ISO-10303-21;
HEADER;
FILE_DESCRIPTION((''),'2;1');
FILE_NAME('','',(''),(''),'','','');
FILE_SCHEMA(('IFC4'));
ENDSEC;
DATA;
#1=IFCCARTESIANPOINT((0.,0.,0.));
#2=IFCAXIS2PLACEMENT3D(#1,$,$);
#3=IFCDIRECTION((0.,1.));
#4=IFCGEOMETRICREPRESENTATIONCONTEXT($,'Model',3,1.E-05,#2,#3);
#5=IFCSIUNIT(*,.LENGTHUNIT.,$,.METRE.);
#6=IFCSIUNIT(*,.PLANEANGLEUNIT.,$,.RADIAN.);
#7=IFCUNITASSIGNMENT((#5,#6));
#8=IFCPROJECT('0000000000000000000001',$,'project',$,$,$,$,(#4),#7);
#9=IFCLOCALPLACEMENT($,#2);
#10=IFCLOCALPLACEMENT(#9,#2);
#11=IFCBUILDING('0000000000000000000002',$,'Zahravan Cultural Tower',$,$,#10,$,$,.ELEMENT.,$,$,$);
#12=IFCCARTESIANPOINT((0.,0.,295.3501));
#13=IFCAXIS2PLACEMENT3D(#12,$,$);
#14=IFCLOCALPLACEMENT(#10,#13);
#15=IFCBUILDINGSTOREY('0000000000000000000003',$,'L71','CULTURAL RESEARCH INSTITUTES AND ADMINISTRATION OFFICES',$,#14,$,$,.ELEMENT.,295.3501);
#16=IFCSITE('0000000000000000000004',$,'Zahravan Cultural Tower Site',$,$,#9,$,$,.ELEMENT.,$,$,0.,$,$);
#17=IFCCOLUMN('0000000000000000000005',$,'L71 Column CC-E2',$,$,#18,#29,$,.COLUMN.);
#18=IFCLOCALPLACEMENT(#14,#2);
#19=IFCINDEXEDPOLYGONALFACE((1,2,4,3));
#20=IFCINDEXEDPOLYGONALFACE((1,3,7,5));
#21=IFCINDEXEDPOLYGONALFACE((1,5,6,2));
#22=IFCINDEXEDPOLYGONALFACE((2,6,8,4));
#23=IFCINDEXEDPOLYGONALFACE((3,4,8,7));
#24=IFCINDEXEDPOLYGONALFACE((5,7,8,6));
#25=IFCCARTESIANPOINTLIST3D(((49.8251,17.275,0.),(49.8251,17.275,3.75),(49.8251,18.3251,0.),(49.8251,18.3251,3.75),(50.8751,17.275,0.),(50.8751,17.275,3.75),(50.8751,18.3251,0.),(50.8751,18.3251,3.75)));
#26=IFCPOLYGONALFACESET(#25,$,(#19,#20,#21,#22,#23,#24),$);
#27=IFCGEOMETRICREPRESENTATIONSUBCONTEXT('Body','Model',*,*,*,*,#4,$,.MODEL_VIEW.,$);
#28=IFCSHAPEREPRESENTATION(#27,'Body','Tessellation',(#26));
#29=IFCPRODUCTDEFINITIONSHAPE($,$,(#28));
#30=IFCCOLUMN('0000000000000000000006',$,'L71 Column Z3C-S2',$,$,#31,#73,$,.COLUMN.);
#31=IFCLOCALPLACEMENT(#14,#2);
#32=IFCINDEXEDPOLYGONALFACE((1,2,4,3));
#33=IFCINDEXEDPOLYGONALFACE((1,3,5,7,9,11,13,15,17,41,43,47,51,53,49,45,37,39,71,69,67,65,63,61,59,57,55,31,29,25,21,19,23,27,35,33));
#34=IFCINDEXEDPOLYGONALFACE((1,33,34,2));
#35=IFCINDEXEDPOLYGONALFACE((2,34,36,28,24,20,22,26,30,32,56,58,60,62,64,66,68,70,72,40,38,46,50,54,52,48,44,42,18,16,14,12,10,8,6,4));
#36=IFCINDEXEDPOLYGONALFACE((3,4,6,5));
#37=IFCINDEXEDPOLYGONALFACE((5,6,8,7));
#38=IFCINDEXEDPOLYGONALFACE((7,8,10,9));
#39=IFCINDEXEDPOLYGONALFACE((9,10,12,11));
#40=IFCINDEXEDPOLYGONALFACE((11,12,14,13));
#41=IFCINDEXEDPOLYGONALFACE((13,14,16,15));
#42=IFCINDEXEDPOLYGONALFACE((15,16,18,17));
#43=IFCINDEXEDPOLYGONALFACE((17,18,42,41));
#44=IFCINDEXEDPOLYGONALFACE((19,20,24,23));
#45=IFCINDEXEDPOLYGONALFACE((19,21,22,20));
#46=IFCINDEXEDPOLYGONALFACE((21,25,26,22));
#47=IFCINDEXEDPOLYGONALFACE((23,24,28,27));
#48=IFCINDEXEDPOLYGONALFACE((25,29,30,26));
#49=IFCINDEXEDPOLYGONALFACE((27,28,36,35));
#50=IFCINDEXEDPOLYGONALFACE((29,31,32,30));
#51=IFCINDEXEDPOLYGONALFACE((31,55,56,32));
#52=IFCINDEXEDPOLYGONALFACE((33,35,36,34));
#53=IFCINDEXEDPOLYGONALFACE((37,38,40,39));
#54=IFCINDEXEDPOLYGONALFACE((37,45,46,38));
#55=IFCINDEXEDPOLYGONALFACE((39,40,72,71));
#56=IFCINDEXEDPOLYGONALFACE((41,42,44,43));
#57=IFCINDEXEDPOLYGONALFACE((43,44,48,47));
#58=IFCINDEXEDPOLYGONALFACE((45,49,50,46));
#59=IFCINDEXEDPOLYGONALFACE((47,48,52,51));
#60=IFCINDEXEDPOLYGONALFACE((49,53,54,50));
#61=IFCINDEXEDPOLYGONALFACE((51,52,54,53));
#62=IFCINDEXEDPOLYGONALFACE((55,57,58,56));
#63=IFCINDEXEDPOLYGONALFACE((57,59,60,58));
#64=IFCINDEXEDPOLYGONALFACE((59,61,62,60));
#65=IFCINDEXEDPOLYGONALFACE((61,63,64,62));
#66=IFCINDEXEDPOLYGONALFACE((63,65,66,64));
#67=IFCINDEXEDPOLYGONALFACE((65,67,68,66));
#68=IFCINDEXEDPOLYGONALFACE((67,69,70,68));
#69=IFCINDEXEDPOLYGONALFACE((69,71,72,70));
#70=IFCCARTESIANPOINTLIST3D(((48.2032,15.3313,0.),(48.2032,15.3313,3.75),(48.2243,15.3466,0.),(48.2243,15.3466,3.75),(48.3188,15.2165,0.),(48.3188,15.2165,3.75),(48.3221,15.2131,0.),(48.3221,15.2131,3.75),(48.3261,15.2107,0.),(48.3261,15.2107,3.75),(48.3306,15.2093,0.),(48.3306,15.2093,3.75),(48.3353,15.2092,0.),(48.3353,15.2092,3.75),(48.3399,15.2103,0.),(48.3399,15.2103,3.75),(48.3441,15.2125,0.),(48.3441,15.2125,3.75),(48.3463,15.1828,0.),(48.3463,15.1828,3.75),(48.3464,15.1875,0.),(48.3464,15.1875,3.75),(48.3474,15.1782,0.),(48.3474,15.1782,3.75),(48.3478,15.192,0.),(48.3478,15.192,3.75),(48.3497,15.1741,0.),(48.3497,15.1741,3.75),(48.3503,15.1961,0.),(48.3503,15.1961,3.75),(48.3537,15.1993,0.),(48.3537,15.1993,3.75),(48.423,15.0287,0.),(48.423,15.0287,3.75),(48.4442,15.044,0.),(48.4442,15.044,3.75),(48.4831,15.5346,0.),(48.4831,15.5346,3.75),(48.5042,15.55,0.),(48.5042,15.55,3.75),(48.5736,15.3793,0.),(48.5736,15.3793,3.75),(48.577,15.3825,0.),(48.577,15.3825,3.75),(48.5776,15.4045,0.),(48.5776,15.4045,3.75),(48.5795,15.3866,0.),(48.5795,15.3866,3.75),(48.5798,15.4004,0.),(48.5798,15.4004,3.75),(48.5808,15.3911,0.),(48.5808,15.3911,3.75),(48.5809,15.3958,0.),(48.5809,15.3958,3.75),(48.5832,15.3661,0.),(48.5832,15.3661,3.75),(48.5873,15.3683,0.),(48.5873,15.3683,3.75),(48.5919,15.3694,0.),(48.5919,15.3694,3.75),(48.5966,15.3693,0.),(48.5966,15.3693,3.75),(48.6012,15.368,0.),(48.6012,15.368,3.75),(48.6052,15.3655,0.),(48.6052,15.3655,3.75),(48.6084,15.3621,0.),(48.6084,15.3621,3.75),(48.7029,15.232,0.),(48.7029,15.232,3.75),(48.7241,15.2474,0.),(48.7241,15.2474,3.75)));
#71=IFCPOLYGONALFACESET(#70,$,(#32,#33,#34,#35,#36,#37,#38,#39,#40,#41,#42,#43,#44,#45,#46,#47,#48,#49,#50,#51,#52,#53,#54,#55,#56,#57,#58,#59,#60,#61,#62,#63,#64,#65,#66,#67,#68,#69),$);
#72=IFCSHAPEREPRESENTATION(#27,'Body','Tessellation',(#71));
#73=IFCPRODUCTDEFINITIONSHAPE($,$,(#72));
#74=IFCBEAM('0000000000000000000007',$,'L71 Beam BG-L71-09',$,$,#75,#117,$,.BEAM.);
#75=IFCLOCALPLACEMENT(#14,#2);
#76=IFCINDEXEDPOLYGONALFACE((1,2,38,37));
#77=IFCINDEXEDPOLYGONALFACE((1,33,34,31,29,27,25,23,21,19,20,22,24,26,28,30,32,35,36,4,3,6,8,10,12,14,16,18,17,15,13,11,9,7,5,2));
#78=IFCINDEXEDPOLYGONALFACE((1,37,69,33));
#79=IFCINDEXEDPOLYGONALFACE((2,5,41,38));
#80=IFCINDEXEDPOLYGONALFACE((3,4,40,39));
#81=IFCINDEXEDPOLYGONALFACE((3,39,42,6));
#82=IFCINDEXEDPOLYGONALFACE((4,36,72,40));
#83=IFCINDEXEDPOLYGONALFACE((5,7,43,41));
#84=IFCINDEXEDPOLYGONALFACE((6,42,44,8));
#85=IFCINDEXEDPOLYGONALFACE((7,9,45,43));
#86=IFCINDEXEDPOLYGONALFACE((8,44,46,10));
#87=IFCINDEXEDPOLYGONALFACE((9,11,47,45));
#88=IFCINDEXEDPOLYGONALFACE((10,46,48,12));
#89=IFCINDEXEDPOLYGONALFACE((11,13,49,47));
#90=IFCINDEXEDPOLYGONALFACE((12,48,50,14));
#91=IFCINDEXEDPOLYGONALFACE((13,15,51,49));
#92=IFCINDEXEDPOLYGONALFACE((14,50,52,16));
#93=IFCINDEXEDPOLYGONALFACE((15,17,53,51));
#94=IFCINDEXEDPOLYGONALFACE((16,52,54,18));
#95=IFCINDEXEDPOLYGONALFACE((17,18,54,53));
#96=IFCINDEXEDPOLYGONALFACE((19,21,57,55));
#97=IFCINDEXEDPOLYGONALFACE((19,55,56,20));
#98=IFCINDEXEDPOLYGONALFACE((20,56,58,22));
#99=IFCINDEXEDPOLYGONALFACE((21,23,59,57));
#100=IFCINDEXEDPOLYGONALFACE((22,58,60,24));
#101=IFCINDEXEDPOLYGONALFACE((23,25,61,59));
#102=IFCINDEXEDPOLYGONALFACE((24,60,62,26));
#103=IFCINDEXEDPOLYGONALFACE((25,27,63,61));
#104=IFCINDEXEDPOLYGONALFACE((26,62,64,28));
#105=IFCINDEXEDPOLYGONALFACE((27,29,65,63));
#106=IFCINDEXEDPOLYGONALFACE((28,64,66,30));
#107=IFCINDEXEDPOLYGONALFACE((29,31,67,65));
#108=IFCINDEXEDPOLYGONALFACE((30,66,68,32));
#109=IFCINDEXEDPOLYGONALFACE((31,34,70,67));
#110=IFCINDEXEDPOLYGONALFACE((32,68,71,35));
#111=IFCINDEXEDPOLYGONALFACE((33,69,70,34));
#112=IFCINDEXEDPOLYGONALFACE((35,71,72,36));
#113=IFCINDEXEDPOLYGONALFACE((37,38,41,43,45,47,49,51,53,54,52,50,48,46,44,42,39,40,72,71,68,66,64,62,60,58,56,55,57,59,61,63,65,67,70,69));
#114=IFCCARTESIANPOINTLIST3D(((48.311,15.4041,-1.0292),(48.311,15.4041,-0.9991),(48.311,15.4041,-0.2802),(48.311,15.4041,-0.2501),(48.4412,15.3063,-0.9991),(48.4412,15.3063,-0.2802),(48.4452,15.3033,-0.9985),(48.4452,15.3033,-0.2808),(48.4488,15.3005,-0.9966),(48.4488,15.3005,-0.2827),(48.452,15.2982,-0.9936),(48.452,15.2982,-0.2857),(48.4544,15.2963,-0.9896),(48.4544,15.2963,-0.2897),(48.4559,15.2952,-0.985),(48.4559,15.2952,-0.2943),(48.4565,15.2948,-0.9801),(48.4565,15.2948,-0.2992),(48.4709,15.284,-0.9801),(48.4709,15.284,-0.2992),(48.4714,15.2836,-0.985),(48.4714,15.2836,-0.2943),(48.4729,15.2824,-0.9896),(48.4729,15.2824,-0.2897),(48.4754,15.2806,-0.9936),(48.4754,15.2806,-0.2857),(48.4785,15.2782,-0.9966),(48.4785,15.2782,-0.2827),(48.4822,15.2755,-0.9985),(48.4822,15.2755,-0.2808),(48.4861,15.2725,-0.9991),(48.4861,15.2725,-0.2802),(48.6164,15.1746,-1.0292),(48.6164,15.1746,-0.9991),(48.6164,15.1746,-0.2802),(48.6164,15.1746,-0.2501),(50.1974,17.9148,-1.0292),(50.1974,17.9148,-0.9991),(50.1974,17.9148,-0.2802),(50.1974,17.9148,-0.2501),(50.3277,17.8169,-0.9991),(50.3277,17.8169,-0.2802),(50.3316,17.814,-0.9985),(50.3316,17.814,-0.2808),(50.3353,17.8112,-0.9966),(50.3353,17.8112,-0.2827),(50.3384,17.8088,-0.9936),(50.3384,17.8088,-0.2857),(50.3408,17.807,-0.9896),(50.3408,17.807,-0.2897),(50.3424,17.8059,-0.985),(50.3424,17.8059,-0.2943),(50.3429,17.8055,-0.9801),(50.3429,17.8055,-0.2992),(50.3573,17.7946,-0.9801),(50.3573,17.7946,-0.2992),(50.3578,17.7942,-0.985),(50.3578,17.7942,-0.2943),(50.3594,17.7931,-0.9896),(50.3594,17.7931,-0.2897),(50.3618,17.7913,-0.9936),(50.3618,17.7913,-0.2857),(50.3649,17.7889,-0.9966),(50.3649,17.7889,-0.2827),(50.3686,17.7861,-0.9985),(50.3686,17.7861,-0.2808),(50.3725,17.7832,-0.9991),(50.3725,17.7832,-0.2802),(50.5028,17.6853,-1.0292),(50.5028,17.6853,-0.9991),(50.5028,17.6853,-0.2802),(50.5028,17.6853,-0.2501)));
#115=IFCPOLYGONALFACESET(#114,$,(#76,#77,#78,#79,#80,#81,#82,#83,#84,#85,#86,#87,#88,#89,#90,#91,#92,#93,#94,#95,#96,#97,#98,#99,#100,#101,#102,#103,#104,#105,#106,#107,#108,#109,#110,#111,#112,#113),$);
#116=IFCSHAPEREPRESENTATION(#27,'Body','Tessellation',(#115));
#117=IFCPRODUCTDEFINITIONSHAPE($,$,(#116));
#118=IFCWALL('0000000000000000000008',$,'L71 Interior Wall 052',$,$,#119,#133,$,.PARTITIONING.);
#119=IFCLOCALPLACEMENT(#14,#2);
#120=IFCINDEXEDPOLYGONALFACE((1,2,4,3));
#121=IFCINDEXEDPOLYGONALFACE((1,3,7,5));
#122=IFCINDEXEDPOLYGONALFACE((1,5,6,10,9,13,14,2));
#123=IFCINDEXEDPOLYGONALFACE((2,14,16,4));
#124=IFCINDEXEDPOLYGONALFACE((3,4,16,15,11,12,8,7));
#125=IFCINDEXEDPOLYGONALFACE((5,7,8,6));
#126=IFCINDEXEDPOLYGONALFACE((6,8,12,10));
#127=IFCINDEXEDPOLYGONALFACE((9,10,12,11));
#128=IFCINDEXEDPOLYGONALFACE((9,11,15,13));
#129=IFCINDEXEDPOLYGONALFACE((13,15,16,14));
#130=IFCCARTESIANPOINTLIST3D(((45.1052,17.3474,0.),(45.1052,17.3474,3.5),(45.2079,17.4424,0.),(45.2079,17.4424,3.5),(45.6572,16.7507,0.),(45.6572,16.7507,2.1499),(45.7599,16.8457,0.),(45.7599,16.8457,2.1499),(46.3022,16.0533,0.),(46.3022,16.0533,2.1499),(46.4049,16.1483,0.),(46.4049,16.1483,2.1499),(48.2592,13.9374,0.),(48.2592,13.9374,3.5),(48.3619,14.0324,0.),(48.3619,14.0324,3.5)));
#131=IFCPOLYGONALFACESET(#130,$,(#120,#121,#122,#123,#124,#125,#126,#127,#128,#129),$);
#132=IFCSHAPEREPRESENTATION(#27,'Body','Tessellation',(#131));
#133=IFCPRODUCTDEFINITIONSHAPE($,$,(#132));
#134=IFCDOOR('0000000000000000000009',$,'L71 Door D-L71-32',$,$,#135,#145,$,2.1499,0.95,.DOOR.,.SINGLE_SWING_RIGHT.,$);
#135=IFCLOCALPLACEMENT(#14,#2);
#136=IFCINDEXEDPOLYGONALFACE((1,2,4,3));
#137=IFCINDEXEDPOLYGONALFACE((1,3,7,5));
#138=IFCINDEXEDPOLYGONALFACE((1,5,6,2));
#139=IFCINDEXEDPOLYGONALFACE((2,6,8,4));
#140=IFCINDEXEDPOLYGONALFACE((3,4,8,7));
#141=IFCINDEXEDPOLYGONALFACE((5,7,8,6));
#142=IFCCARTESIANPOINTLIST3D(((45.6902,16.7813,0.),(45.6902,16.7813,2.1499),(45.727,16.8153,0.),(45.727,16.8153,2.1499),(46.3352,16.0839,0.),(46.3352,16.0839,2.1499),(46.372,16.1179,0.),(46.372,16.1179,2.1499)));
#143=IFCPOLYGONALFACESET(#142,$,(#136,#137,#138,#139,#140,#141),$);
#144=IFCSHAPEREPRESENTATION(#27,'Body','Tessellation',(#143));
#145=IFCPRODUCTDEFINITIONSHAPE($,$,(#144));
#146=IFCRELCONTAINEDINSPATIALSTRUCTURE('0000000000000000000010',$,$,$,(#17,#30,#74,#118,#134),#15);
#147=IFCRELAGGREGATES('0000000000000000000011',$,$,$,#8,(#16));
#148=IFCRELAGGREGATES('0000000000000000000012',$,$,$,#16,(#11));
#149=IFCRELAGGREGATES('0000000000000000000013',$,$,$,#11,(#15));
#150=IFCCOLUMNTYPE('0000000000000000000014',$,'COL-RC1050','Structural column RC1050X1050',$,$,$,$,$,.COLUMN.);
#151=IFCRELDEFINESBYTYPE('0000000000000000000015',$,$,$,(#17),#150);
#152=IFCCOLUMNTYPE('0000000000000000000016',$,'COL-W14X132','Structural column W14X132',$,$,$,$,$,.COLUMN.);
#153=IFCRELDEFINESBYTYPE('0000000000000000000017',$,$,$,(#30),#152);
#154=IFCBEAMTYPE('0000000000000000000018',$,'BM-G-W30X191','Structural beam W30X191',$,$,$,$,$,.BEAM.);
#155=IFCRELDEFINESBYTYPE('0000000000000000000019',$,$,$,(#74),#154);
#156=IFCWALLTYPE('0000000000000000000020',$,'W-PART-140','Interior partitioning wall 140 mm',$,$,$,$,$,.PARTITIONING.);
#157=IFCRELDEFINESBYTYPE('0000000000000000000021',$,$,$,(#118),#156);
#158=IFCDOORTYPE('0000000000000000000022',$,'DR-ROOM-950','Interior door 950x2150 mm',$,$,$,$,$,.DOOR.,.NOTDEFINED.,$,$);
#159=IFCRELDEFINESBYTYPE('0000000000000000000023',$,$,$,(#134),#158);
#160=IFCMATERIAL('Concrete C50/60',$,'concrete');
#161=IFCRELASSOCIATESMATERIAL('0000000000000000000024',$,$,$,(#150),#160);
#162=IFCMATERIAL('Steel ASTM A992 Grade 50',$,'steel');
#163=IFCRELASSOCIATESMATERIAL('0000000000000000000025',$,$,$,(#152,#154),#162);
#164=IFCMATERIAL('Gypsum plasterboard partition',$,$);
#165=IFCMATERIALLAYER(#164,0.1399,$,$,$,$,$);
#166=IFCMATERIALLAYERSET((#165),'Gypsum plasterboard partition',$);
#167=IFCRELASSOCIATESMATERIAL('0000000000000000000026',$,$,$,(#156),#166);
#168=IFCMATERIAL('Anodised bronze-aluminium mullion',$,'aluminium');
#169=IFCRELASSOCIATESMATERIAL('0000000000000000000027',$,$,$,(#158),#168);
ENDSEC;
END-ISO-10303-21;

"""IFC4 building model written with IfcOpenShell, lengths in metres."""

from ifc_helpers import new_model, si_unit, direction, frame, frame_2d, origin, origin_2d, place, context, subcontext, project, spatial, rectangle, i_section, extrude, source, transform, mapped, material, layer, layer_set, material_profile, profile_set, type_object, element, fill, save


model = new_model("IFC4")

# Units and contexts
model_context = context("Model", 3, precision=1e-05, world=origin(), true_north=direction((0.0, 1.0)))
body_context = subcontext(model_context, "Body", "Model", "MODEL_VIEW")
ifc_project = project(units=[si_unit("LENGTHUNIT", "METRE"), si_unit("PLANEANGLEUNIT", "RADIAN")], contexts=[model_context])

# Site, building, storey
site_placement = place(None, origin())
site = spatial("IfcSite", under=ifc_project, at=site_placement, Name="Zahravan Cultural Tower Site", CompositionType="ELEMENT", RefElevation=0.0)
building_placement = place(site_placement, origin())
building = spatial("IfcBuilding", under=site, at=building_placement, Name="Zahravan Cultural Tower", CompositionType="ELEMENT")
storey_placement = place(building_placement, frame((0.0, 0.0, 295.3501)))
storey = spatial("IfcBuildingStorey", under=building, at=storey_placement, Name="L71", Description="CULTURAL RESEARCH INSTITUTES AND ADMINISTRATION OFFICES", CompositionType="ELEMENT", Elevation=295.3501)

# Columns
ifc_material_1 = material(Name="Concrete C50/60", Category="concrete")
ifc_material_profile_1 = material_profile(ifc_material_1, rectangle(XDim=1.05, YDim=1.05, at=origin_2d()), Name="RC1050X1050")
ifc_profile_set_1 = profile_set([ifc_material_profile_1], Name="Concrete C50/60")
column_type_1 = type_object("IfcColumnType", Name="COL-RC1050", Description="Structural column RC1050X1050", PredefinedType="COLUMN", material=ifc_profile_set_1)
shared_shape_1 = source(origin(), body_context, "Body", "SweptSolid", [
    extrude(rectangle(XDim=1.05, YDim=1.05, at=origin_2d()), origin(), (0.0, 0.0, 1.0), 3.75),
])
column_1_placement = place(storey_placement, frame((50.3501, 17.8, 0.0), z_axis=(0.0, 0.0, 1.0), x_axis=(1.0, 0.0, 0.0)))
element("IfcColumn", 1, at=column_1_placement, inside=storey, type_object=column_type_1, Name="L71 Column CC-E2", PredefinedType="COLUMN", context=body_context, shape_type="MappedRepresentation", body=[
    mapped(shared_shape_1, transform((0.0, 0.0, 0.0), x_axis=(1.0, 0.0, 0.0), y_axis=(0.0, 1.0, 0.0), z_axis=(0.0, 0.0, 1.0), scale=1.0)),
])
ifc_material_2 = material(Name="Steel ASTM A992 Grade 50", Category="steel")
ifc_material_profile_2 = material_profile(ifc_material_2, i_section(OverallWidth=0.374, OverallDepth=0.3721, WebThickness=0.0164, FlangeThickness=0.0261, FilletRadius=0.0181, at=origin_2d()), Name="W14X132")
ifc_profile_set_2 = profile_set([ifc_material_profile_2], Name="Steel ASTM A992 Grade 50")
column_type_2 = type_object("IfcColumnType", Name="COL-W14X132", Description="Structural column W14X132", PredefinedType="COLUMN", material=ifc_profile_set_2)
shared_shape_2 = source(origin(), body_context, "Body", "SweptSolid", [
    extrude(i_section(OverallWidth=0.374, OverallDepth=0.3721, WebThickness=0.0164, FlangeThickness=0.0261, FilletRadius=0.0181, at=origin_2d()), origin(), (0.0, 0.0, 1.0), 3.75),
])
column_2_placement = place(storey_placement, frame((48.4636, 15.2893, 0.0), z_axis=(0.0, 0.0, 1.0), x_axis=(-0.587785, 0.809017, 0.0)))
element("IfcColumn", 2, at=column_2_placement, inside=storey, type_object=column_type_2, Name="L71 Column Z3C-S2", PredefinedType="COLUMN", context=body_context, shape_type="MappedRepresentation", body=[
    mapped(shared_shape_2, transform((0.0, 0.0, 0.0), x_axis=(1.0, 0.0, 0.0), y_axis=(0.0, 1.0, 0.0), z_axis=(0.0, 0.0, 1.0), scale=1.0)),
])

# Beam
ifc_material_profile_3 = material_profile(ifc_material_2, i_section(OverallWidth=0.3821, OverallDepth=0.7791, WebThickness=0.0181, FlangeThickness=0.03, FilletRadius=0.019, at=origin_2d()), Name="W30X191")
ifc_profile_set_3 = profile_set([ifc_material_profile_3], Name="Steel ASTM A992 Grade 50")
beam_type = type_object("IfcBeamType", Name="BM-G-W30X191", Description="Structural beam W30X191", PredefinedType="BEAM", material=ifc_profile_set_3)
shared_shape_3 = source(origin(), body_context, "Body", "SweptSolid", [
    extrude(i_section(OverallWidth=0.3821, OverallDepth=0.7791, WebThickness=0.0181, FlangeThickness=0.03, FilletRadius=0.019, at=origin_2d()), origin(), (0.0, 0.0, 1.0), 3.1404),
])
beam_placement = place(storey_placement, frame((50.3501, 17.8, -0.6396), z_axis=(-0.600696, -0.799477, 0.0), x_axis=(0.799477, -0.600696, 0.0)))
element("IfcBeam", 3, at=beam_placement, inside=storey, type_object=beam_type, Name="L71 Beam BG-L71-09", PredefinedType="BEAM", context=body_context, shape_type="MappedRepresentation", body=[
    mapped(shared_shape_3, transform((0.0, 0.0, 0.0), x_axis=(1.0, 0.0, 0.0), y_axis=(0.0, 1.0, 0.0), z_axis=(0.0, 0.0, 1.0), scale=1.0)),
])

# Wall, opening, door
ifc_material_3 = material(Name="Gypsum plasterboard partition")
ifc_layer_1 = layer(ifc_material_3, 0.1399)
ifc_layer_set_1 = layer_set([ifc_layer_1], Name="Gypsum plasterboard partition")
wall_type_1 = type_object("IfcWallType", Name="W-PART-140", Description="Interior partitioning wall 140 mm", PredefinedType="PARTITIONING", material=ifc_layer_set_1)
wall_1_placement = place(storey_placement, frame((48.3105, 13.9849, 0.0), z_axis=(0.0, 0.0, 1.0), x_axis=(-0.679002, 0.734136, 0.0)))
wall_1 = element("IfcWall", 4, at=wall_1_placement, inside=storey, type_object=wall_type_1, Name="L71 Interior Wall 052", PredefinedType="PARTITIONING", context=body_context, shape_type="SweptSolid", body=[
    extrude(rectangle(XDim=4.645, YDim=0.1399, at=frame_2d((2.3225, 0.0))), origin(), (0.0, 0.0, 1.0), 3.5),
])
opening_1_placement = place(wall_1_placement, frame((2.8821, 0.0, 0.0)))
opening_1 = element("IfcOpeningElement", 5, at=opening_1_placement, cuts=wall_1, PredefinedType="OPENING", context=body_context, shape_type="SweptSolid", body=[
    extrude(rectangle(XDim=0.95, YDim=2.1499, at=frame_2d((0.4751, 1.075))), frame((0.0, 0.0798, 0.0), z_axis=(0.0, -1.0, 0.0), x_axis=(1.0, 0.0, 0.0)), (0.0, 0.0, 1.0), 0.1599),
])
ifc_material_4 = material(Name="Anodised bronze-aluminium mullion", Category="aluminium")
door_type = type_object("IfcDoorType", Name="DR-ROOM-950", Description="Interior door 950x2150 mm", OperationType="NOTDEFINED", PredefinedType="DOOR", material=ifc_material_4)
shared_shape_4 = source(origin(), body_context, "Body", "SweptSolid", [
    extrude(rectangle(XDim=0.95, YDim=2.1499, at=frame_2d((0.4751, 1.075))), frame((0.0, 0.0249, 0.0), z_axis=(0.0, -1.0, 0.0), x_axis=(1.0, 0.0, 0.0)), (0.0, 0.0, 1.0), 0.05),
])
door_1_placement = place(opening_1_placement, origin())
door_1 = element("IfcDoor", 6, at=door_1_placement, inside=storey, type_object=door_type, Name="L71 Door D-L71-32", OperationType="SINGLE_SWING_RIGHT", OverallHeight=2.1499, OverallWidth=0.95, PredefinedType="DOOR", context=body_context, shape_type="MappedRepresentation", body=[
    mapped(shared_shape_4, transform((0.0, 0.0, 0.0), x_axis=(1.0, 0.0, 0.0), y_axis=(0.0, 1.0, 0.0), z_axis=(0.0, 0.0, 1.0), scale=1.0)),
])
fill(opening_1, door_1)

save(model, "model.ifc")
